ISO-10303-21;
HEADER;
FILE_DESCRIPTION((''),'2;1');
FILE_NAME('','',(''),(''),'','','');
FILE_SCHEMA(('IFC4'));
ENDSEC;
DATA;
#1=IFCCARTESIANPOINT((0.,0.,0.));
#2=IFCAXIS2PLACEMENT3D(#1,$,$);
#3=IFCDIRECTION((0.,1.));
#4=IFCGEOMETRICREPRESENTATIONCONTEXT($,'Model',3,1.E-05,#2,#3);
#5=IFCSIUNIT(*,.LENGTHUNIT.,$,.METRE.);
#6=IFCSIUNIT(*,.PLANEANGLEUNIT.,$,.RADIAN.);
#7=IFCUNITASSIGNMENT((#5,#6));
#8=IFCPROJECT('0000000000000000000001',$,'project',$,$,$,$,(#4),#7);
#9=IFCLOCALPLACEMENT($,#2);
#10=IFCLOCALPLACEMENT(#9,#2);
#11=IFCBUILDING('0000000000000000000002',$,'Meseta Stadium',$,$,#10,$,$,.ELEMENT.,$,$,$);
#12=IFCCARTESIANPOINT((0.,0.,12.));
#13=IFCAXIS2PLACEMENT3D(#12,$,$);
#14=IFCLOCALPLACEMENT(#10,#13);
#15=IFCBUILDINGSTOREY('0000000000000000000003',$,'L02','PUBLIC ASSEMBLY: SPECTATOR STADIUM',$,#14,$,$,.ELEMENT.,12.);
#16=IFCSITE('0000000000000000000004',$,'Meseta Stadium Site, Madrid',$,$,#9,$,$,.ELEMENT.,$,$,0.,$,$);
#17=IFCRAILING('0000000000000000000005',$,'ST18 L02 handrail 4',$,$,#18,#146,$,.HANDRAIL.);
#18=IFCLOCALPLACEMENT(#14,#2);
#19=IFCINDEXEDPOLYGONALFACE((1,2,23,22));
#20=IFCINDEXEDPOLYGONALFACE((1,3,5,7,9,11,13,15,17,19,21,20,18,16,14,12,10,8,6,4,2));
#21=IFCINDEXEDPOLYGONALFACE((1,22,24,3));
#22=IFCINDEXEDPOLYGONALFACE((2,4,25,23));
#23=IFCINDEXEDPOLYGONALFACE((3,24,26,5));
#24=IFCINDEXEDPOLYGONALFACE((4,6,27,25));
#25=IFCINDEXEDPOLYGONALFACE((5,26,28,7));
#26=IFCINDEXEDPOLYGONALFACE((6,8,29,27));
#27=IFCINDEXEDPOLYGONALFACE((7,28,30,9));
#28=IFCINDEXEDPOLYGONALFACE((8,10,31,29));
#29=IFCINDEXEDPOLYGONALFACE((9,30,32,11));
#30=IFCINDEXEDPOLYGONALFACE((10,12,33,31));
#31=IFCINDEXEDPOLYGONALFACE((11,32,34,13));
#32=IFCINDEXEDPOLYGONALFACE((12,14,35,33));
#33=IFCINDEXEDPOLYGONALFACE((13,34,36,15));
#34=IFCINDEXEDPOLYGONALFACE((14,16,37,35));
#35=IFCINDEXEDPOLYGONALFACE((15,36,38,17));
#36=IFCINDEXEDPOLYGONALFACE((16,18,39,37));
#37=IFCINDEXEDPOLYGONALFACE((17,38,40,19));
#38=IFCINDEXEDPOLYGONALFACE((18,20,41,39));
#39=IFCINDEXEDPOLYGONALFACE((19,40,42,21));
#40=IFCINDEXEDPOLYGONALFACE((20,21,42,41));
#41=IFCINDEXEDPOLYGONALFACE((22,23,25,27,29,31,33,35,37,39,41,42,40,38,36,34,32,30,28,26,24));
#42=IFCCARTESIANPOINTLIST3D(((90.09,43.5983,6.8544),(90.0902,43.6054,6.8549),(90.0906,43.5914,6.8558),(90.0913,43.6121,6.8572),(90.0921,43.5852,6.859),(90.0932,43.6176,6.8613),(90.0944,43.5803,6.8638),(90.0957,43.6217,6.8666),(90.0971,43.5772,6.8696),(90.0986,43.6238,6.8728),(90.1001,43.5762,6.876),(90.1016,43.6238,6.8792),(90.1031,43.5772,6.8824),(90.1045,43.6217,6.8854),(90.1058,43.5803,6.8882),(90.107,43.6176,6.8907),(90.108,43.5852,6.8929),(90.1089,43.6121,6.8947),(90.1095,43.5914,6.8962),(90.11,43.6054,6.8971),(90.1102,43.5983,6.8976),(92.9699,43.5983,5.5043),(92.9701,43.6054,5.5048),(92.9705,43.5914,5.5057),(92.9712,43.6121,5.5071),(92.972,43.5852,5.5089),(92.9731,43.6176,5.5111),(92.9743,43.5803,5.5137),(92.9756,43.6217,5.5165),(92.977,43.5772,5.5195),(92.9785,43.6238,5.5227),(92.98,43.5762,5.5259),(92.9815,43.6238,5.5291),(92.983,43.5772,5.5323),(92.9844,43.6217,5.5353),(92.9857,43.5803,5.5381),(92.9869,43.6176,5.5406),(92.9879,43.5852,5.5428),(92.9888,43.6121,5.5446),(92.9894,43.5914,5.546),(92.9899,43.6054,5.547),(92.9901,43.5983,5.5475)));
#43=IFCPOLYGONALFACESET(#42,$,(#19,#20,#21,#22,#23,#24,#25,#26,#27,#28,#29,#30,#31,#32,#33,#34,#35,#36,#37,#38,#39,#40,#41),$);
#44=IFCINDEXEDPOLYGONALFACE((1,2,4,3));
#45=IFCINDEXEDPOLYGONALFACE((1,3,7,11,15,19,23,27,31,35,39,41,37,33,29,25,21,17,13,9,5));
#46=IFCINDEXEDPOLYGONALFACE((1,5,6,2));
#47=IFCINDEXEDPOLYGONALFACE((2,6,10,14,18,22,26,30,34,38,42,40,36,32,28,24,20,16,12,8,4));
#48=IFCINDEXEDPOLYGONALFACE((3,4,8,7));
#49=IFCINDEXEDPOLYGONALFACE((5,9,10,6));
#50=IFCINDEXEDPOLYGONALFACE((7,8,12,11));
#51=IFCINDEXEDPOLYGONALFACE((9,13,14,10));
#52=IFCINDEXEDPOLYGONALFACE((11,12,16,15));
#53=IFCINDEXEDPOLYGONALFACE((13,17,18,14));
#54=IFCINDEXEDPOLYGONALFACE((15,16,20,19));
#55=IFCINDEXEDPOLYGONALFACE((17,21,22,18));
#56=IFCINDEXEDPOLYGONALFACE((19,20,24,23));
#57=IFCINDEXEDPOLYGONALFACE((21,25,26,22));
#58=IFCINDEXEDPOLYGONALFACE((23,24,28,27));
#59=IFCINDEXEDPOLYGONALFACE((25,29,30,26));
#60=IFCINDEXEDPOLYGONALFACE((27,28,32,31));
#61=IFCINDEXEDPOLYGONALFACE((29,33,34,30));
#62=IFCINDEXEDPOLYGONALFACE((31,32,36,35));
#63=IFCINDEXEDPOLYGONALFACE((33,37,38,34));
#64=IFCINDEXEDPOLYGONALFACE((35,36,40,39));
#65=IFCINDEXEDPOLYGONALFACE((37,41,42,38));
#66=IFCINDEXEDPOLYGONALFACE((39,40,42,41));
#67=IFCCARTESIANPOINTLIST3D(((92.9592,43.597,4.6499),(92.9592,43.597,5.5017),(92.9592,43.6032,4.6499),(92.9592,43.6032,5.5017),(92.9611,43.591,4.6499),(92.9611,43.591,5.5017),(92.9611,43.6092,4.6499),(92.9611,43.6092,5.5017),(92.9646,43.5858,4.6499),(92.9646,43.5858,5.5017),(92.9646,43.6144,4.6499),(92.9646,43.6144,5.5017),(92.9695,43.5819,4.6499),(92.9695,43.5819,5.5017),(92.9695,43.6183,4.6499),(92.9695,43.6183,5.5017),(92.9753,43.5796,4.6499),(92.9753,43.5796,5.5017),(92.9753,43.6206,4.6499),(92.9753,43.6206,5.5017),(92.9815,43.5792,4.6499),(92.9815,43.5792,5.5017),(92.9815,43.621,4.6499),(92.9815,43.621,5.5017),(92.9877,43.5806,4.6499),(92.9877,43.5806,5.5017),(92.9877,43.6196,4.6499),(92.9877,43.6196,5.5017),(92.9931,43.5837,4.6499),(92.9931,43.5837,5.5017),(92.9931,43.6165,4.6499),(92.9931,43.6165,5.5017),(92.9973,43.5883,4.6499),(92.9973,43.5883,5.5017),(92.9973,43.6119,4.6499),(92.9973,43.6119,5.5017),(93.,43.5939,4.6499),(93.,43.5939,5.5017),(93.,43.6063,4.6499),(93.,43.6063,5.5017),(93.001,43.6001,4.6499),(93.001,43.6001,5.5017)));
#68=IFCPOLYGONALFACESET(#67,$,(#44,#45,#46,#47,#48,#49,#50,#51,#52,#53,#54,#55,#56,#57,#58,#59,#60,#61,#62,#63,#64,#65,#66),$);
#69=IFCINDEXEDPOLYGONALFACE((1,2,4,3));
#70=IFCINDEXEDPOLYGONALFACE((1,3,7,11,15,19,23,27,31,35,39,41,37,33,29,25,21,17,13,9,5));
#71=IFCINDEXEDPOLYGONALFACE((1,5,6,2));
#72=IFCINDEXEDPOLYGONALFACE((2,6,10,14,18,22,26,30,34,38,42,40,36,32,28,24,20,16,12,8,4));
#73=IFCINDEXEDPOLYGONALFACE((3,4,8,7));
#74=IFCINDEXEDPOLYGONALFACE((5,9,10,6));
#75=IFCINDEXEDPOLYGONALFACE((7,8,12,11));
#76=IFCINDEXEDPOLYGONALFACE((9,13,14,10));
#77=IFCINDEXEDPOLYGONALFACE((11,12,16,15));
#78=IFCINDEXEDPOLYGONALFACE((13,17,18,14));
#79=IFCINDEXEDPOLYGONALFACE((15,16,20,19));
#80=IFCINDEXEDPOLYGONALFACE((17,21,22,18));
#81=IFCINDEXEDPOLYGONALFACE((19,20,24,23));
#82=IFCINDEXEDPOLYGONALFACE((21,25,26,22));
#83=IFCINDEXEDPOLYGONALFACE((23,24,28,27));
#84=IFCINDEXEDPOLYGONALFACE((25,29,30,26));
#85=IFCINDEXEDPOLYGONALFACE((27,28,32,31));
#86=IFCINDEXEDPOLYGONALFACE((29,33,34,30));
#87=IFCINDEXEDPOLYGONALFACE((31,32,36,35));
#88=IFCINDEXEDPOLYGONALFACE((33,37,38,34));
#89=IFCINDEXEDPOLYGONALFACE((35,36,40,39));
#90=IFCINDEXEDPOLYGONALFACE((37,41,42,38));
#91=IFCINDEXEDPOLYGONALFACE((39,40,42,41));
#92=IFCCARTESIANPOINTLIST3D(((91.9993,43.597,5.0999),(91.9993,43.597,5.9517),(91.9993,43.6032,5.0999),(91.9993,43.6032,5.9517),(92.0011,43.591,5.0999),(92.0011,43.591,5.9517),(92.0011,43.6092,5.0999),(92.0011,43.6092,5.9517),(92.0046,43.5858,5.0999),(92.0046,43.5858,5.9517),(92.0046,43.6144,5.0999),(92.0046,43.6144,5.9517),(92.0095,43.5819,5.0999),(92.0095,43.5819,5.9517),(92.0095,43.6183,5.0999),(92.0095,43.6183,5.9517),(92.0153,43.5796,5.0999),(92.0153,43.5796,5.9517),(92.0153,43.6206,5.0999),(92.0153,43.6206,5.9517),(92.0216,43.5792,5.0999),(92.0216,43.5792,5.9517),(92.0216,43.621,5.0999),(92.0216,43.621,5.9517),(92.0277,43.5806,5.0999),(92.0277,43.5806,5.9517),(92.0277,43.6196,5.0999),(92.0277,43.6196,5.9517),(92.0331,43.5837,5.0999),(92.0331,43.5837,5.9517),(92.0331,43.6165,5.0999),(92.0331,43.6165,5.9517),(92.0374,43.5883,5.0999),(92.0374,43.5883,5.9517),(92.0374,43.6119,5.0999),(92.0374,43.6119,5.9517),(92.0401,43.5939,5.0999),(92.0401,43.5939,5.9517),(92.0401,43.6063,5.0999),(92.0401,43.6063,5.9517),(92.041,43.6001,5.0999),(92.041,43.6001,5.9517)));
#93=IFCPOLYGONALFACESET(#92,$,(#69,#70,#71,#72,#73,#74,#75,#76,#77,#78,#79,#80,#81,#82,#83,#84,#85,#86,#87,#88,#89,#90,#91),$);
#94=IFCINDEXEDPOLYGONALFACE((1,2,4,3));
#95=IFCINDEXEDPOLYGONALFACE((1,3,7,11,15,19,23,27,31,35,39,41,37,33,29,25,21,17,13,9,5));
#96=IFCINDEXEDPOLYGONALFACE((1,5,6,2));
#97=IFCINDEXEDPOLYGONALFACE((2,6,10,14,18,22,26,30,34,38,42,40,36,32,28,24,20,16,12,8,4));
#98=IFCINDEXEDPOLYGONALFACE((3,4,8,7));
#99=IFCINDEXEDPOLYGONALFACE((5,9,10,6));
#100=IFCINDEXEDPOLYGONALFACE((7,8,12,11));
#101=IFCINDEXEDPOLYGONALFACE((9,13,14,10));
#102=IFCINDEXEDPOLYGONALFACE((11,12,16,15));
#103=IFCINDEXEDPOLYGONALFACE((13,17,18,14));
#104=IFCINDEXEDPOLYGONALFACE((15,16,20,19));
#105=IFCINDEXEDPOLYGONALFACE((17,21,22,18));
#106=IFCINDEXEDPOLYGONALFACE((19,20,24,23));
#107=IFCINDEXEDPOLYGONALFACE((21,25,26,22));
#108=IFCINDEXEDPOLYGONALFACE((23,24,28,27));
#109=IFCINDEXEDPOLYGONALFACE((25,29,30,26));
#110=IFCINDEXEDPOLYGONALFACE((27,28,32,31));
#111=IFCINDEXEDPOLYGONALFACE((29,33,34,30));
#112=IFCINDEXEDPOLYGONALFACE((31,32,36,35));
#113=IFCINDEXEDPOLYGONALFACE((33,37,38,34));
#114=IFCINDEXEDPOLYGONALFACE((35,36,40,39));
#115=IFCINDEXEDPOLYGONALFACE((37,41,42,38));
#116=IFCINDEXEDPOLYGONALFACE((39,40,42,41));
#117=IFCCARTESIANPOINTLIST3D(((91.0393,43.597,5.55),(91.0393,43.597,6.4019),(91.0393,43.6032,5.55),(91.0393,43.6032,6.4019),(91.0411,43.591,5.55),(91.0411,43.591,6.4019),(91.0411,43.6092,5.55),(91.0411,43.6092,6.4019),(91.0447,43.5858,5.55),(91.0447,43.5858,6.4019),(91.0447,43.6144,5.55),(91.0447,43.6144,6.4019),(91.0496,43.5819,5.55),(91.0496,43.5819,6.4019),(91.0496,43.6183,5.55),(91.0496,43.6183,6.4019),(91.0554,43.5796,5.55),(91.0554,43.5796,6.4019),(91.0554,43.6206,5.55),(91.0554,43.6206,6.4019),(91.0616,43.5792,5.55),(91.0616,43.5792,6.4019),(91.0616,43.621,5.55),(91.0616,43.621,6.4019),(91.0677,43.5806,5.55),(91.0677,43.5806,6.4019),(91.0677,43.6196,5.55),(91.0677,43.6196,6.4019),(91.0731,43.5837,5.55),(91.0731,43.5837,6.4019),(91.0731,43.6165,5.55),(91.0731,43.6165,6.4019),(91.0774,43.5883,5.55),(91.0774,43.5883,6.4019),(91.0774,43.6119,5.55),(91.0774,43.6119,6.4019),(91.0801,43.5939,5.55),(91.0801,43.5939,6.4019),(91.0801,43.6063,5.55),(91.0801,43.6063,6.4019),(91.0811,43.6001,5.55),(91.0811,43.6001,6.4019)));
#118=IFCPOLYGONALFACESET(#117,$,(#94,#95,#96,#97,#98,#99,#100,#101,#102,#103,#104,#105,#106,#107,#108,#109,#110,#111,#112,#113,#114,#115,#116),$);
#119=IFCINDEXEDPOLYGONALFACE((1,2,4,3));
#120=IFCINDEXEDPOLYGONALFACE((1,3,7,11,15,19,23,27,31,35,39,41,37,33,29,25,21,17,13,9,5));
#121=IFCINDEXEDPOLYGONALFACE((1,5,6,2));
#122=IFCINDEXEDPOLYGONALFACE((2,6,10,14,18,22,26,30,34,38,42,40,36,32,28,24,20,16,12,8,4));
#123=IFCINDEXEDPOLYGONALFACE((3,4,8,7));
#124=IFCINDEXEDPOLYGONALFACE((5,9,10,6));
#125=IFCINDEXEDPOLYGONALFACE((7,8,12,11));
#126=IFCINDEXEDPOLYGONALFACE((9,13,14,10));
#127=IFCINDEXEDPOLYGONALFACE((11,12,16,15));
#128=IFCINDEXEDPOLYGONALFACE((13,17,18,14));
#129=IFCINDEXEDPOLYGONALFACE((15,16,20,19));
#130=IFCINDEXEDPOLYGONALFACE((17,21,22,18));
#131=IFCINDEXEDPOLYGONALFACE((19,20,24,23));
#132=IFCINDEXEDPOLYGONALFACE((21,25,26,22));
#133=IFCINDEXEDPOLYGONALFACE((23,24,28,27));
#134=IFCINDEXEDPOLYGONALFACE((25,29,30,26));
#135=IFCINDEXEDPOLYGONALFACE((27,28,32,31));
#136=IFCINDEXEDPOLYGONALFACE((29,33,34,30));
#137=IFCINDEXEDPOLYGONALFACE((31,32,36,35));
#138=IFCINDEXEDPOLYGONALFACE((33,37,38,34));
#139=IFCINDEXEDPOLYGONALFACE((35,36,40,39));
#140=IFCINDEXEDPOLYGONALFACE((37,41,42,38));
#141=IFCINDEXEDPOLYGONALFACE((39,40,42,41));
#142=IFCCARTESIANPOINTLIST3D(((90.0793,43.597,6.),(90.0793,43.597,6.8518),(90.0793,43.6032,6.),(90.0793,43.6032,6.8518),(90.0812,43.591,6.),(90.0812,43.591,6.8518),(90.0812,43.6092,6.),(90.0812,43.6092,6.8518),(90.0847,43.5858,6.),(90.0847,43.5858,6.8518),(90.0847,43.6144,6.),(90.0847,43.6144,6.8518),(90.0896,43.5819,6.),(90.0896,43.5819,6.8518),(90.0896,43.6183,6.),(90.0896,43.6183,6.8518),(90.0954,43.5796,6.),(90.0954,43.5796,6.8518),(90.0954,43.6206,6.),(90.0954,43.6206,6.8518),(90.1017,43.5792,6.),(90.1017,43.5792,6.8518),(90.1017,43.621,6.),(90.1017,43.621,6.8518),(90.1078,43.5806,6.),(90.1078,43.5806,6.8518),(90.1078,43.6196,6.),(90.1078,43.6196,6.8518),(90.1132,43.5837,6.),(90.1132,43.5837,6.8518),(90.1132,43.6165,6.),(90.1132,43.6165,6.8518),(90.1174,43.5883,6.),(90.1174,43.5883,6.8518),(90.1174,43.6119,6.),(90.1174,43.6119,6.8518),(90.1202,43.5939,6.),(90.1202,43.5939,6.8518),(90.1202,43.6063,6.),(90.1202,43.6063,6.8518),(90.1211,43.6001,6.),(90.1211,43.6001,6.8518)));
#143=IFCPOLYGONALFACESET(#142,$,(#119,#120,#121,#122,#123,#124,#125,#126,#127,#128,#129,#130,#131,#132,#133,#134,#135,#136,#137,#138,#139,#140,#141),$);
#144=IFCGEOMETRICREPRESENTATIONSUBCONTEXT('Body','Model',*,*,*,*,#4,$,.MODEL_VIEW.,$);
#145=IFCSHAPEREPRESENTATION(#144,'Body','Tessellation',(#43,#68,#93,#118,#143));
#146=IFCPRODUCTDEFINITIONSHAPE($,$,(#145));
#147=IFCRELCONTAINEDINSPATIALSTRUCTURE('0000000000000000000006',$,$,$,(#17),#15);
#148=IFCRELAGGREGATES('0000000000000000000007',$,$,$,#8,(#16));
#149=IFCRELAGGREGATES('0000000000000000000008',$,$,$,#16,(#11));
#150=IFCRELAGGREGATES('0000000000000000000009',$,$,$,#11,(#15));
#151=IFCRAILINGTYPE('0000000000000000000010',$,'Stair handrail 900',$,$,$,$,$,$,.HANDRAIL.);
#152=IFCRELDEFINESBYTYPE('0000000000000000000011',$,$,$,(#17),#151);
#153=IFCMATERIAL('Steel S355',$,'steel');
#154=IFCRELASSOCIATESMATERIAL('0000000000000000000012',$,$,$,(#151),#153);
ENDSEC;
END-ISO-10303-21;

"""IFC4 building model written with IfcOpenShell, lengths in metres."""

from ifc_helpers import new_model, si_unit, direction, frame, origin, origin_2d, place, context, subcontext, project, spatial, circle, extrude, material, type_object, element, save


model = new_model("IFC4")

# Units and contexts
model_context = context("Model", 3, precision=1e-05, world=origin(), true_north=direction((0.0, 1.0)))
body_context = subcontext(model_context, "Body", "Model", "MODEL_VIEW")
ifc_project = project(units=[si_unit("LENGTHUNIT", "METRE"), si_unit("PLANEANGLEUNIT", "RADIAN")], contexts=[model_context])

# Site, building, storey
site_placement = place(None, origin())
site = spatial("IfcSite", under=ifc_project, at=site_placement, Name="Meseta Stadium Site, Madrid", CompositionType="ELEMENT", RefElevation=0.0)
building_placement = place(site_placement, origin())
building = spatial("IfcBuilding", under=site, at=building_placement, Name="Meseta Stadium", CompositionType="ELEMENT")
storey_placement = place(building_placement, frame((0.0, 0.0, 12.0)))
storey = spatial("IfcBuildingStorey", under=building, at=storey_placement, Name="L02", Description="PUBLIC ASSEMBLY: SPECTATOR STADIUM", CompositionType="ELEMENT", Elevation=12.0)

# Railing
ifc_material_1 = material(Name="Steel S355", Category="steel")
railing_type_1 = type_object("IfcRailingType", Name="Stair handrail 900", PredefinedType="HANDRAIL", material=ifc_material_1)
for number, where, name in (
    (1, (92.98, 43.6001, 4.6499), "ST18 L02 handrail 4"),
):
    element("IfcRailing", number, at=place(storey_placement, frame(where)), inside=storey, type_object=railing_type_1, Name=name, PredefinedType="HANDRAIL", context=body_context, shape_type="SweptSolid", body=[
        extrude(circle(Radius=0.0239, at=origin_2d()), frame((0.0, 0.0, 0.876), z_axis=(-0.90544, 0.0, 0.424473), x_axis=(0.0, -1.0, 0.0)), (0.0, 0.0, 1.0), 3.1807),
        extrude(circle(Radius=0.021, at=origin_2d()), origin(), (0.0, 0.0, 1.0), 0.8518),
        extrude(circle(Radius=0.021, at=origin_2d()), frame((-0.96, 0.0, 0.45)), (0.0, 0.0, 1.0), 0.8518),
        extrude(circle(Radius=0.021, at=origin_2d()), frame((-1.9199, 0.0, 0.9001)), (0.0, 0.0, 1.0), 0.8518),
        extrude(circle(Radius=0.021, at=origin_2d()), frame((-2.8799, 0.0, 1.3501)), (0.0, 0.0, 1.0), 0.8518),
    ])

save(model, "model.ifc")
